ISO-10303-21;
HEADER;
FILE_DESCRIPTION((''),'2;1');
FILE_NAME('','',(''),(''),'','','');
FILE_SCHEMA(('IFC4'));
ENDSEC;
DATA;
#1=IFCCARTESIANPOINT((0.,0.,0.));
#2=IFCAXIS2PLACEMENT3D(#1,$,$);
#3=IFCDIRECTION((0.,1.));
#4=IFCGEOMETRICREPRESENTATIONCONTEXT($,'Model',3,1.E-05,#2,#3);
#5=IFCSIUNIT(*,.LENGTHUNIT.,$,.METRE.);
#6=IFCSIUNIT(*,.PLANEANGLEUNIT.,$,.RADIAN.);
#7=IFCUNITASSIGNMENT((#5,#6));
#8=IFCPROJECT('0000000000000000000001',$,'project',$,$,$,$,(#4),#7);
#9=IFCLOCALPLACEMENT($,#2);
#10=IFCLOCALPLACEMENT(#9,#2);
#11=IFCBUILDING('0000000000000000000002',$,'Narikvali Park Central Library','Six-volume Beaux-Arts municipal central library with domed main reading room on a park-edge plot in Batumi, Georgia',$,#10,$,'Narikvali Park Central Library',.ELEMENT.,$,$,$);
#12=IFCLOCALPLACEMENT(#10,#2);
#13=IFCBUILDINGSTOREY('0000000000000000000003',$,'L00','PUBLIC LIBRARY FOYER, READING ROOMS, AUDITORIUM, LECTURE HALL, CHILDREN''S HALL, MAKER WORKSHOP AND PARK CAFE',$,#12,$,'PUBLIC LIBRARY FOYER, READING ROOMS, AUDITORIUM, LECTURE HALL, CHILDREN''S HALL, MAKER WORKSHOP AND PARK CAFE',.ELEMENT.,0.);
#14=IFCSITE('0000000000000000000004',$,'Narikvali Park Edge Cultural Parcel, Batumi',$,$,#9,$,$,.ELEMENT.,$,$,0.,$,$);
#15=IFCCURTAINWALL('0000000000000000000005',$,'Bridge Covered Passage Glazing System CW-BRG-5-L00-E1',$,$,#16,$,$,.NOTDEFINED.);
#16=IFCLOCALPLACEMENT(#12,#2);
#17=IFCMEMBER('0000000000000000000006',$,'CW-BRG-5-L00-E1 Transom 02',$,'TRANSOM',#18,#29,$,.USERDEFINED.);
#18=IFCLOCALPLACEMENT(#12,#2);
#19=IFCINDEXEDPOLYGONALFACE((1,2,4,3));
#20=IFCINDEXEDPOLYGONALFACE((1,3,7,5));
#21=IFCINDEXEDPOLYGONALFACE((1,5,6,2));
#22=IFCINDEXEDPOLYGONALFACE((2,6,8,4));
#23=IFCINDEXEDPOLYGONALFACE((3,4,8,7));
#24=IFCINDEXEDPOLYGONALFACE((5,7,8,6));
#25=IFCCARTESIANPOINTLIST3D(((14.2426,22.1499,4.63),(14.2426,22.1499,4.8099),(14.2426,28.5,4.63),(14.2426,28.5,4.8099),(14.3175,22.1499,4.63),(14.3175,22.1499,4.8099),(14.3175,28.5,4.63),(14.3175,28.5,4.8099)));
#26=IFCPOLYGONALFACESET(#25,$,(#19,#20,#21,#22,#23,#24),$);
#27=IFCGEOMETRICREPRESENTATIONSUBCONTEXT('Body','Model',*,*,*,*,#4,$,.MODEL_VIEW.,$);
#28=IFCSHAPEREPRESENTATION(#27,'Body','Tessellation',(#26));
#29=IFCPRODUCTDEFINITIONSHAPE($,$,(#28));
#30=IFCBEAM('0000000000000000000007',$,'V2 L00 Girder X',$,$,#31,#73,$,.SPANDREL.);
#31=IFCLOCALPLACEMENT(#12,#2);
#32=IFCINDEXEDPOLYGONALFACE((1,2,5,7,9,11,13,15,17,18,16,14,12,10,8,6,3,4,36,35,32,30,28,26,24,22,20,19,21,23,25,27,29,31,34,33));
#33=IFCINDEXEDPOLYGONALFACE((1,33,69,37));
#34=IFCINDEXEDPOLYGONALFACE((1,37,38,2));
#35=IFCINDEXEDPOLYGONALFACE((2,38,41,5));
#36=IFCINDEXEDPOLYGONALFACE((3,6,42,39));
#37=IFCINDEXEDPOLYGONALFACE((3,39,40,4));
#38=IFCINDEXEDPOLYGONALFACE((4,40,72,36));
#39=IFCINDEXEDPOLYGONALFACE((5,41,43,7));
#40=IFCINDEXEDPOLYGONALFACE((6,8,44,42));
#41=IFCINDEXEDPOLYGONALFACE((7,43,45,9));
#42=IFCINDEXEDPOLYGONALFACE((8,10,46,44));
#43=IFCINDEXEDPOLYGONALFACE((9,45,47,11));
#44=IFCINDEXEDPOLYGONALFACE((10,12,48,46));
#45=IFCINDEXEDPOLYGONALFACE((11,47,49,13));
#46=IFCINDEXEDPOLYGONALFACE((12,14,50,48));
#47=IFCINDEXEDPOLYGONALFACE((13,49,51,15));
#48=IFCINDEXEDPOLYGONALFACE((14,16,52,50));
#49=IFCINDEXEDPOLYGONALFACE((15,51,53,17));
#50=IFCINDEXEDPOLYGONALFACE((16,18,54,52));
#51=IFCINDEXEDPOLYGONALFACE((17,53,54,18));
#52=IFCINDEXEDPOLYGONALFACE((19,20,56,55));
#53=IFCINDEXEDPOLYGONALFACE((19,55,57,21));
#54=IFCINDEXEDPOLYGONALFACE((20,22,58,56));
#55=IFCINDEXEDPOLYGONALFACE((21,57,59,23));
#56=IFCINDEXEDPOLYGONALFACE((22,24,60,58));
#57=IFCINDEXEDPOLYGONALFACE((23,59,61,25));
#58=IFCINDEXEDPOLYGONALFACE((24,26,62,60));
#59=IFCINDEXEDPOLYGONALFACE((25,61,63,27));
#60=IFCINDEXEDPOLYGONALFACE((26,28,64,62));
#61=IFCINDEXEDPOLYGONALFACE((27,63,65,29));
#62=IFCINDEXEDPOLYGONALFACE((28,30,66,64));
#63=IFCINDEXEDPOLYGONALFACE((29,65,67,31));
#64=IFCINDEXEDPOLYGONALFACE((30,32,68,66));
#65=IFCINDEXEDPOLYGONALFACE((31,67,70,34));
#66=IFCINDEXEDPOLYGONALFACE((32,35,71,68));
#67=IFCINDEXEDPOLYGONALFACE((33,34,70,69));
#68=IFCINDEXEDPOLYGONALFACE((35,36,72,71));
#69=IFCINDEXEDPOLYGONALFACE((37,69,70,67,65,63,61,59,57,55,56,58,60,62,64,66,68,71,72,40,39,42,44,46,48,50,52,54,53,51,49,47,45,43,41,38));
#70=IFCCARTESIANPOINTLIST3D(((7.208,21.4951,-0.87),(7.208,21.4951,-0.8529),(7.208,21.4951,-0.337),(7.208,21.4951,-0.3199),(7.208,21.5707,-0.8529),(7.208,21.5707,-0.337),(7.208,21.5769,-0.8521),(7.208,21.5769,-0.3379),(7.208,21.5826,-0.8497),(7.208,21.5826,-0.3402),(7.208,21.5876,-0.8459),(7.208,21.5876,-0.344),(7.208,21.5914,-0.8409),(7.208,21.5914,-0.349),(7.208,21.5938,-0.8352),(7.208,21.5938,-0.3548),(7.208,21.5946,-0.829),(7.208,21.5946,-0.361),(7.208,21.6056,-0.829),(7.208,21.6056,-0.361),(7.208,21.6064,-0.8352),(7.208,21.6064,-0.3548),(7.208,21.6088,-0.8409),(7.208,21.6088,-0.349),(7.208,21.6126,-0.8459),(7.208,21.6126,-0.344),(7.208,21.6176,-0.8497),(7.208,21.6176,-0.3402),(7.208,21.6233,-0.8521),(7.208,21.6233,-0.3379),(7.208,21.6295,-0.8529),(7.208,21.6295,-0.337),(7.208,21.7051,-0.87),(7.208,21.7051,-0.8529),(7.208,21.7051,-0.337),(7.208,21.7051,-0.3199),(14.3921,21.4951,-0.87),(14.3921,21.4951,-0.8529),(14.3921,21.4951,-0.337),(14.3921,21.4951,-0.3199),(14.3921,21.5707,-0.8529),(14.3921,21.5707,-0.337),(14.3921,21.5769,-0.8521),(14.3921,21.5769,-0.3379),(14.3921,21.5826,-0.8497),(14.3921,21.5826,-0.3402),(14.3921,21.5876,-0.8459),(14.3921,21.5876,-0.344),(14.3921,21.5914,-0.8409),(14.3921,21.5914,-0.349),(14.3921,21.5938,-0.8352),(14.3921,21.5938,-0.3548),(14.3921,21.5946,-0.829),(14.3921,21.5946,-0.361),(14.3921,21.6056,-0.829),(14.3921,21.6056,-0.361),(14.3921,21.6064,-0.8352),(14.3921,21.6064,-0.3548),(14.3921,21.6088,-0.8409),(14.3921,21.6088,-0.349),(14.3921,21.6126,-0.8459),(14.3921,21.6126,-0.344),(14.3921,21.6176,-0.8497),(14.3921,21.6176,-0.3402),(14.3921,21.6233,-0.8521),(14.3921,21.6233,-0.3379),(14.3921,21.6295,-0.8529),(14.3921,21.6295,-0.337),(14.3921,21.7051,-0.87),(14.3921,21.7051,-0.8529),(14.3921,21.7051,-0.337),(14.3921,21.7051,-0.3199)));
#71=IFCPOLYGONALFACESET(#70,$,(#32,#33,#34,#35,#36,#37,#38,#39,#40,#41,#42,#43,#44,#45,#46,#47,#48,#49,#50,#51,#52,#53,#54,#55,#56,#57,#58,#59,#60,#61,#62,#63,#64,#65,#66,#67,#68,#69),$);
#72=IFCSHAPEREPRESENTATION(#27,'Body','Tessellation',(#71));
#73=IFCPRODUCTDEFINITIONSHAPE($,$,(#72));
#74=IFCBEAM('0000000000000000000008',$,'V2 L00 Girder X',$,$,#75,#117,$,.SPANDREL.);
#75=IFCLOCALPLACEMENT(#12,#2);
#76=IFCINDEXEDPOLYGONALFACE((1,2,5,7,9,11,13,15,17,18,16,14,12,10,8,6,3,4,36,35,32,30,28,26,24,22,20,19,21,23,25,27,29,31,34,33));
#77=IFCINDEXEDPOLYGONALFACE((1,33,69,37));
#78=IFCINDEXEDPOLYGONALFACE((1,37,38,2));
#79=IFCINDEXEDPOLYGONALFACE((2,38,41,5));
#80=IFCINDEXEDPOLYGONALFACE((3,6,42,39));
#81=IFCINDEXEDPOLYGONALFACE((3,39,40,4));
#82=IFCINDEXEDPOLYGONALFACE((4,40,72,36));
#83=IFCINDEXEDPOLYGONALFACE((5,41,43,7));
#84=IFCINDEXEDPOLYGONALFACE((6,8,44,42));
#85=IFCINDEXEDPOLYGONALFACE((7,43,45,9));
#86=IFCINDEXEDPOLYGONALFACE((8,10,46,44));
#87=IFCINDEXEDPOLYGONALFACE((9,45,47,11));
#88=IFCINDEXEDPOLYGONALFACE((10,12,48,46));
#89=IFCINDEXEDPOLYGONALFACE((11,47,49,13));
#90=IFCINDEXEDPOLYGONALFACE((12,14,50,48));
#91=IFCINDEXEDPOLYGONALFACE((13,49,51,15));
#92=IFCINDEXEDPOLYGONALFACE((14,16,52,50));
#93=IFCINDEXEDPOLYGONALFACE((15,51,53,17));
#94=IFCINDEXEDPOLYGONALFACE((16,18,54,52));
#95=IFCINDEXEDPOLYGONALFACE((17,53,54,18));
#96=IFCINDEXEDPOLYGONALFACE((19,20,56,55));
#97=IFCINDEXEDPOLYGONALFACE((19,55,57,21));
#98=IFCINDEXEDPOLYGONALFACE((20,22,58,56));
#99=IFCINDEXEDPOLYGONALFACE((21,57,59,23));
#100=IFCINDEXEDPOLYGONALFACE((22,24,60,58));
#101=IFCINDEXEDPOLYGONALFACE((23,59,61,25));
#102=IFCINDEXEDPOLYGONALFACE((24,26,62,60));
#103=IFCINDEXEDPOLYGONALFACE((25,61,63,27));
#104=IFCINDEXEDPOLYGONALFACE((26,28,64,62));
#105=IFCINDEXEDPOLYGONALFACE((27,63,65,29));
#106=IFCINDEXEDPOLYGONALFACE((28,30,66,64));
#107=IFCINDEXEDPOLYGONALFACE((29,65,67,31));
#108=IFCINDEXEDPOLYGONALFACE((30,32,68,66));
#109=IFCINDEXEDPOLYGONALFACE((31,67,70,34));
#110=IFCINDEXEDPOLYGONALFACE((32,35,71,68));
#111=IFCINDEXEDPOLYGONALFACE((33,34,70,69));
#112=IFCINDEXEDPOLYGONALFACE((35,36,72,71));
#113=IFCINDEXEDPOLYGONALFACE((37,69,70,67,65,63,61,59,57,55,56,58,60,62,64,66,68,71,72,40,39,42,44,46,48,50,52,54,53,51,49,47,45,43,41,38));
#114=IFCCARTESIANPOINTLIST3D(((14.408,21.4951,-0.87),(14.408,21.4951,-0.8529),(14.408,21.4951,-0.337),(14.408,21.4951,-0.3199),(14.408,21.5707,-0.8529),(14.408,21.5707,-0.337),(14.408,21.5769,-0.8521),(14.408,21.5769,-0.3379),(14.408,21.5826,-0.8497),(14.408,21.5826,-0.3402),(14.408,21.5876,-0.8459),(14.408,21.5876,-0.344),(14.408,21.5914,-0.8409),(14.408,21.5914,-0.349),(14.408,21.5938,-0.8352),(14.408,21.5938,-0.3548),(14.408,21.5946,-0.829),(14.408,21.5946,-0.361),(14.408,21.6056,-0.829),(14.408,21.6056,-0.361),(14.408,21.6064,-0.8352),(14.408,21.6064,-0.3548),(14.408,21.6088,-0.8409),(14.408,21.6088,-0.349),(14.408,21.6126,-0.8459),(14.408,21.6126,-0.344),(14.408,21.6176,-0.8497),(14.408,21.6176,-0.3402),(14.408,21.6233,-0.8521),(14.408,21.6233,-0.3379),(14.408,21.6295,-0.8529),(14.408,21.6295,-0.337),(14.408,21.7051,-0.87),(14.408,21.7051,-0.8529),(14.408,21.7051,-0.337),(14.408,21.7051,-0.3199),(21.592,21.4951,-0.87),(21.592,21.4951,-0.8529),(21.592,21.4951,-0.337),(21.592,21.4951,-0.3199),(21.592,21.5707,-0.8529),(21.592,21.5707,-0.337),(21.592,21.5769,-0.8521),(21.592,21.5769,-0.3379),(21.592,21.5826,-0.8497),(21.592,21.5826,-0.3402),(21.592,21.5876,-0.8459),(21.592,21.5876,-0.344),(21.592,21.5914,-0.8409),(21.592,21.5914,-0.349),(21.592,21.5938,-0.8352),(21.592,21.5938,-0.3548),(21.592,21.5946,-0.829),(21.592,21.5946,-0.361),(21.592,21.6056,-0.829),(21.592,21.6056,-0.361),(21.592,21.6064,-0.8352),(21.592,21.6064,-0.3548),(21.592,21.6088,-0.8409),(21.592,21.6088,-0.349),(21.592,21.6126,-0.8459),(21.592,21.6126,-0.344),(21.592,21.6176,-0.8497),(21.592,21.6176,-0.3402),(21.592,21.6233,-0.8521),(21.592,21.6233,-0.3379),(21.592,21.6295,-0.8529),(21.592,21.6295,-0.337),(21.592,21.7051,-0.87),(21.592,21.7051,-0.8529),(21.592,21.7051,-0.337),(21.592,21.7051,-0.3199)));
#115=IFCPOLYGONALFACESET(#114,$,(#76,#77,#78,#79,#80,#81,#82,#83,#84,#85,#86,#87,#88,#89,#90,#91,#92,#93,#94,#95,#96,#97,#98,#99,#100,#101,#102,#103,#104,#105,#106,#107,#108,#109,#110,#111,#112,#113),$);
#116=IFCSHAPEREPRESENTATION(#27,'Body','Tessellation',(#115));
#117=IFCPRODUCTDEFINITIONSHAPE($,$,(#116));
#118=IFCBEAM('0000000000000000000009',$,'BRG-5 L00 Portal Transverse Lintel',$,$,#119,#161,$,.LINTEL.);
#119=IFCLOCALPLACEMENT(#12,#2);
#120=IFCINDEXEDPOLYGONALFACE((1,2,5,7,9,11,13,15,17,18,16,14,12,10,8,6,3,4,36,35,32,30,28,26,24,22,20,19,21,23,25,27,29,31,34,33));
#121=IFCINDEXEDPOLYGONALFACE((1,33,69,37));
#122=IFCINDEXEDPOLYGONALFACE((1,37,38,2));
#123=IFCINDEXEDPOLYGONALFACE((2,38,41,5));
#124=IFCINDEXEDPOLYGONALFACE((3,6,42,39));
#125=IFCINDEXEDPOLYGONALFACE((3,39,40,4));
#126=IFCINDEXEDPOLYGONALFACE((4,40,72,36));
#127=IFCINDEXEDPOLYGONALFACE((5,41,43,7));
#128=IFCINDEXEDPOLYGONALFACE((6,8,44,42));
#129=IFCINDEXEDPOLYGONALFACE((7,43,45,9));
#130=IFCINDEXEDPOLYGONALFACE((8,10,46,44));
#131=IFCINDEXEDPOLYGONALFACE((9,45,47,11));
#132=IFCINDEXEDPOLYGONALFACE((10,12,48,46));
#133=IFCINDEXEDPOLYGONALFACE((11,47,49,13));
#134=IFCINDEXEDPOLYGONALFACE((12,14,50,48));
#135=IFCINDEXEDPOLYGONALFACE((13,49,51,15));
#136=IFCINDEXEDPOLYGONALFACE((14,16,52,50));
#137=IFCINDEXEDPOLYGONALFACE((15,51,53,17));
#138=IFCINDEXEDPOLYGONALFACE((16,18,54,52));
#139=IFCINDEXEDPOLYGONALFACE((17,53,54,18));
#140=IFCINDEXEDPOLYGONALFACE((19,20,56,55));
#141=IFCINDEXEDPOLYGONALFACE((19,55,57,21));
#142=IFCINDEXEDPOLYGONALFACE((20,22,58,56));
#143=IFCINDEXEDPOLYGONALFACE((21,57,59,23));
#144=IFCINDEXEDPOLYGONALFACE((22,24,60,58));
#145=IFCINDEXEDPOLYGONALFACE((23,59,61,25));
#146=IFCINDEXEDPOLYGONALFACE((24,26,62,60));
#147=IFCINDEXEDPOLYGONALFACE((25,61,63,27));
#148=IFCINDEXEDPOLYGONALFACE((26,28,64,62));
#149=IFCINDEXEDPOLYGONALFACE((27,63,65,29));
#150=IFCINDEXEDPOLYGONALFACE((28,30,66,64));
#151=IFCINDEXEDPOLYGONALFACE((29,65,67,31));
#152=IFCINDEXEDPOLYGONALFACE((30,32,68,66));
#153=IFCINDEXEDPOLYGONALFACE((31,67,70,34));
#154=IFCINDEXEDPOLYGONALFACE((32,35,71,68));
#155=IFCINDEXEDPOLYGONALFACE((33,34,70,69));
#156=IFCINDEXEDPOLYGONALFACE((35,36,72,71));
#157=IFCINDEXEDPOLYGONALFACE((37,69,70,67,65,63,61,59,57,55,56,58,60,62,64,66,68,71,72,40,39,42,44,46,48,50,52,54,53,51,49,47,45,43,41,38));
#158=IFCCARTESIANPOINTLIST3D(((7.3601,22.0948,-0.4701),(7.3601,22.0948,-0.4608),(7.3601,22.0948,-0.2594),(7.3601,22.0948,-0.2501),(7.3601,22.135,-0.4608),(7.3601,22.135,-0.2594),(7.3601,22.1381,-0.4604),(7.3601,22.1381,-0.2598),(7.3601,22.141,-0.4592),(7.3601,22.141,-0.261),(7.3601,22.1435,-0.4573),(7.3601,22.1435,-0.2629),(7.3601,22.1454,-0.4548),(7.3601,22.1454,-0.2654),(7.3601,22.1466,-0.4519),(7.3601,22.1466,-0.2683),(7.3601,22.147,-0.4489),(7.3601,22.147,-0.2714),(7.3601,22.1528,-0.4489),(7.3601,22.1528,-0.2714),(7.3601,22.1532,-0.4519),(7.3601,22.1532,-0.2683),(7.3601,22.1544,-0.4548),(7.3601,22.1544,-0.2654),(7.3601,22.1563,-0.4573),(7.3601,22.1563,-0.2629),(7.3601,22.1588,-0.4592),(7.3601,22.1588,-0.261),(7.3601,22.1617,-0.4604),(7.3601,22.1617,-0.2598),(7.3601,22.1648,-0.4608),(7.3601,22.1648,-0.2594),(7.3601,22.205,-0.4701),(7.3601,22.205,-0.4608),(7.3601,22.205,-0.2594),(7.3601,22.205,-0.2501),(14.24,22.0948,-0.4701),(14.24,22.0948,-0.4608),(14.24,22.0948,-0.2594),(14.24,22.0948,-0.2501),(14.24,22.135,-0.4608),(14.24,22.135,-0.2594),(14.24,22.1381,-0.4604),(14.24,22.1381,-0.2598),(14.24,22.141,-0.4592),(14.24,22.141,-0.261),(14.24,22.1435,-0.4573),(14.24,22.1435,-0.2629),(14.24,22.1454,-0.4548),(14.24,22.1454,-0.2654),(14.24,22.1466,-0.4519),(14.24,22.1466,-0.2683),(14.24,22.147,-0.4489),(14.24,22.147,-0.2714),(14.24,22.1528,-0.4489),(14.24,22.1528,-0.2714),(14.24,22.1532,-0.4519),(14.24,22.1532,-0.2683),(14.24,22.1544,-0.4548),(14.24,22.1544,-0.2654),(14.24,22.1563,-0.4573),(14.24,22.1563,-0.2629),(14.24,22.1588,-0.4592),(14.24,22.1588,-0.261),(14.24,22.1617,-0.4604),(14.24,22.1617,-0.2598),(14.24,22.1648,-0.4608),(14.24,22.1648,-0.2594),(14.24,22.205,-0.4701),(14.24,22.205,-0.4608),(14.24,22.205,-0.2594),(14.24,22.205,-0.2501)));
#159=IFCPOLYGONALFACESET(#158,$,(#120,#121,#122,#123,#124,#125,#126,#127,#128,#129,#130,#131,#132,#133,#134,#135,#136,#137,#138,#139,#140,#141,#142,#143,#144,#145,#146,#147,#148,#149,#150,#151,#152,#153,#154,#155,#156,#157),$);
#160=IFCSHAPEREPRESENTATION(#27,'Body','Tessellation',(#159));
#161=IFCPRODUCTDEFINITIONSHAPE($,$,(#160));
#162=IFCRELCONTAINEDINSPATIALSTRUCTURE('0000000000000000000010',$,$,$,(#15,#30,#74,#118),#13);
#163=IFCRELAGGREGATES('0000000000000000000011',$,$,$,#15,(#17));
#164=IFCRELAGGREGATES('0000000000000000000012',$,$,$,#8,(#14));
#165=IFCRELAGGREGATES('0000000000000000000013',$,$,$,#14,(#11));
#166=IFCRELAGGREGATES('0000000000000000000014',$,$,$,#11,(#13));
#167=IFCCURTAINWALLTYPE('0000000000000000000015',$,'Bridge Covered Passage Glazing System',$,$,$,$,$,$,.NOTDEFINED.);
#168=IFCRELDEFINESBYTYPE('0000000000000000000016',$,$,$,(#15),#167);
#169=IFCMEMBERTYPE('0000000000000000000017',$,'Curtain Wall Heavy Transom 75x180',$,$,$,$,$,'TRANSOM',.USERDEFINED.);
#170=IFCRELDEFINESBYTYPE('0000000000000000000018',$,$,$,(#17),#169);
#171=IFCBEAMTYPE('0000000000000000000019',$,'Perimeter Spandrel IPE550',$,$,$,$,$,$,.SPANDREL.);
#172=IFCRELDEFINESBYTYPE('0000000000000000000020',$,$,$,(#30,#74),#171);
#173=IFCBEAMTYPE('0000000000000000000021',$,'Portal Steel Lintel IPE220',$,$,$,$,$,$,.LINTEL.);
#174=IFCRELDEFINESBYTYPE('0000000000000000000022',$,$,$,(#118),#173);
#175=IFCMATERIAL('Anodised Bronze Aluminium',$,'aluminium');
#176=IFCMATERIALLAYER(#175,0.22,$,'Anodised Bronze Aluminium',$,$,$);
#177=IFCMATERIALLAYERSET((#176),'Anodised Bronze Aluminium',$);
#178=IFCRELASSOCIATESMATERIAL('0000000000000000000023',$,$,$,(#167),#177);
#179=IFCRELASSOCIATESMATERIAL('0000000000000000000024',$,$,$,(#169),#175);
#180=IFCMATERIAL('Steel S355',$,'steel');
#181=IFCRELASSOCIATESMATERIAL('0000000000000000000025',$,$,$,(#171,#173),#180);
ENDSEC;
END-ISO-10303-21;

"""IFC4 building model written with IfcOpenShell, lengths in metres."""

from ifc_helpers import new_model, si_unit, direction, frame, origin, origin_2d, place, context, subcontext, project, spatial, rectangle, i_section, extrude, material, layer, layer_set, material_profile, profile_set, type_object, element, aggregate, save


model = new_model("IFC4")

# Units and contexts
model_context = context("Model", 3, precision=1e-05, world=origin(), true_north=direction((0.0, 1.0)))
body_context = subcontext(model_context, "Body", "Model", "MODEL_VIEW")
ifc_project = project(units=[si_unit("LENGTHUNIT", "METRE"), si_unit("PLANEANGLEUNIT", "RADIAN")], contexts=[model_context])

# Site, building, storey
site_placement = place(None, origin())
site = spatial("IfcSite", under=ifc_project, at=site_placement, Name="Narikvali Park Edge Cultural Parcel, Batumi", CompositionType="ELEMENT", RefElevation=0.0)
building_placement = place(site_placement, origin())
building = spatial("IfcBuilding", under=site, at=building_placement, Name="Narikvali Park Central Library", Description="Six-volume Beaux-Arts municipal central library with domed main reading room on a park-edge plot in Batumi, Georgia", LongName="Narikvali Park Central Library", CompositionType="ELEMENT")
storey_placement = place(building_placement, origin())
storey = spatial("IfcBuildingStorey", under=building, at=storey_placement, Name="L00", Description="PUBLIC LIBRARY FOYER, READING ROOMS, AUDITORIUM, LECTURE HALL, CHILDREN'S HALL, MAKER WORKSHOP AND PARK CAFE", LongName="PUBLIC LIBRARY FOYER, READING ROOMS, AUDITORIUM, LECTURE HALL, CHILDREN'S HALL, MAKER WORKSHOP AND PARK CAFE", CompositionType="ELEMENT", Elevation=0.0)

# Shared definitions
ifc_material_1 = material(Name="Steel S355", Category="steel")

# Curtain wall
ifc_material_2 = material(Name="Anodised Bronze Aluminium", Category="aluminium")
ifc_layer_1 = layer(ifc_material_2, 0.22, Name="Anodised Bronze Aluminium")
ifc_layer_set_1 = layer_set([ifc_layer_1], Name="Anodised Bronze Aluminium")
curtain_wall_type = type_object("IfcCurtainWallType", Name="Bridge Covered Passage Glazing System", PredefinedType="NOTDEFINED", material=ifc_layer_set_1)
curtain_wall_1_placement = place(storey_placement, origin())
curtain_wall_1 = element("IfcCurtainWall", 1, at=curtain_wall_1_placement, inside=storey, type_object=curtain_wall_type, Name="Bridge Covered Passage Glazing System CW-BRG-5-L00-E1", PredefinedType="NOTDEFINED")

# Member
ifc_material_profile_1 = material_profile(ifc_material_2, rectangle(XDim=0.075, YDim=0.1799, at=origin_2d()), Name="CW TRANSOM 75x180")
ifc_profile_set_1 = profile_set([ifc_material_profile_1], Name="Anodised Bronze Aluminium")
member_type_1 = type_object("IfcMemberType", Name="Curtain Wall Heavy Transom 75x180", ElementType="TRANSOM", PredefinedType="USERDEFINED", material=ifc_profile_set_1)
member_1_placement = place(storey_placement, frame((14.28, 22.1499, 4.72), z_axis=(0.0, 1.0, 0.0), x_axis=(-1.0, 0.0, 0.0)))
member_1 = element("IfcMember", 2, at=member_1_placement, type_object=member_type_1, Name="CW-BRG-5-L00-E1 Transom 02", ObjectType="TRANSOM", PredefinedType="USERDEFINED", context=body_context, shape_type="SweptSolid", body=[
    extrude(rectangle(XDim=0.075, YDim=0.1799, at=origin_2d()), origin(), (0.0, 0.0, 1.0), 6.3501),
])
aggregate(curtain_wall_1, [member_1])

# Beams
ifc_material_profile_2 = material_profile(ifc_material_1, i_section(OverallWidth=0.21, OverallDepth=0.55, WebThickness=0.011, FlangeThickness=0.0171, FilletRadius=0.0239, at=origin_2d()), Name="IPE 550")
ifc_profile_set_2 = profile_set([ifc_material_profile_2], Name="Steel S355")
beam_type_1 = type_object("IfcBeamType", Name="Perimeter Spandrel IPE550", PredefinedType="SPANDREL", material=ifc_profile_set_2)
for number, where, z_axis, x_axis, name in (
    (3, (7.208, 21.6001, -0.595), (1.0, 0.0, 0.0), (0.0, 1.0, 0.0), "V2 L00 Girder X"),
    (4, (14.408, 21.6001, -0.595), (1.0, 0.0, 0.0), (0.0, 1.0, 0.0), "V2 L00 Girder X"),
):
    element("IfcBeam", number, at=place(storey_placement, frame(where, z_axis=z_axis, x_axis=x_axis)), inside=storey, type_object=beam_type_1, Name=name, PredefinedType="SPANDREL", context=body_context, shape_type="SweptSolid", body=[
        extrude(i_section(OverallWidth=0.21, OverallDepth=0.55, WebThickness=0.011, FlangeThickness=0.0171, FilletRadius=0.0239, at=origin_2d()), origin(), (0.0, 0.0, 1.0), 7.1841),
    ])
ifc_material_profile_3 = material_profile(ifc_material_1, i_section(OverallWidth=0.1101, OverallDepth=0.22, WebThickness=0.0059, FlangeThickness=0.0093, FilletRadius=0.012, at=origin_2d()), Name="IPE 220")
ifc_profile_set_3 = profile_set([ifc_material_profile_3], Name="Steel S355")
beam_type_2 = type_object("IfcBeamType", Name="Portal Steel Lintel IPE220", PredefinedType="LINTEL", material=ifc_profile_set_3)
beam_1_placement = place(storey_placement, frame((7.3601, 22.1499, -0.3601), z_axis=(1.0, 0.0, 0.0), x_axis=(0.0, 1.0, 0.0)))
element("IfcBeam", 5, at=beam_1_placement, inside=storey, type_object=beam_type_2, Name="BRG-5 L00 Portal Transverse Lintel", PredefinedType="LINTEL", context=body_context, shape_type="SweptSolid", body=[
    extrude(i_section(OverallWidth=0.1101, OverallDepth=0.22, WebThickness=0.0059, FlangeThickness=0.0093, FilletRadius=0.012, at=origin_2d()), origin(), (0.0, 0.0, 1.0), 6.8799),
])

save(model, "model.ifc")
